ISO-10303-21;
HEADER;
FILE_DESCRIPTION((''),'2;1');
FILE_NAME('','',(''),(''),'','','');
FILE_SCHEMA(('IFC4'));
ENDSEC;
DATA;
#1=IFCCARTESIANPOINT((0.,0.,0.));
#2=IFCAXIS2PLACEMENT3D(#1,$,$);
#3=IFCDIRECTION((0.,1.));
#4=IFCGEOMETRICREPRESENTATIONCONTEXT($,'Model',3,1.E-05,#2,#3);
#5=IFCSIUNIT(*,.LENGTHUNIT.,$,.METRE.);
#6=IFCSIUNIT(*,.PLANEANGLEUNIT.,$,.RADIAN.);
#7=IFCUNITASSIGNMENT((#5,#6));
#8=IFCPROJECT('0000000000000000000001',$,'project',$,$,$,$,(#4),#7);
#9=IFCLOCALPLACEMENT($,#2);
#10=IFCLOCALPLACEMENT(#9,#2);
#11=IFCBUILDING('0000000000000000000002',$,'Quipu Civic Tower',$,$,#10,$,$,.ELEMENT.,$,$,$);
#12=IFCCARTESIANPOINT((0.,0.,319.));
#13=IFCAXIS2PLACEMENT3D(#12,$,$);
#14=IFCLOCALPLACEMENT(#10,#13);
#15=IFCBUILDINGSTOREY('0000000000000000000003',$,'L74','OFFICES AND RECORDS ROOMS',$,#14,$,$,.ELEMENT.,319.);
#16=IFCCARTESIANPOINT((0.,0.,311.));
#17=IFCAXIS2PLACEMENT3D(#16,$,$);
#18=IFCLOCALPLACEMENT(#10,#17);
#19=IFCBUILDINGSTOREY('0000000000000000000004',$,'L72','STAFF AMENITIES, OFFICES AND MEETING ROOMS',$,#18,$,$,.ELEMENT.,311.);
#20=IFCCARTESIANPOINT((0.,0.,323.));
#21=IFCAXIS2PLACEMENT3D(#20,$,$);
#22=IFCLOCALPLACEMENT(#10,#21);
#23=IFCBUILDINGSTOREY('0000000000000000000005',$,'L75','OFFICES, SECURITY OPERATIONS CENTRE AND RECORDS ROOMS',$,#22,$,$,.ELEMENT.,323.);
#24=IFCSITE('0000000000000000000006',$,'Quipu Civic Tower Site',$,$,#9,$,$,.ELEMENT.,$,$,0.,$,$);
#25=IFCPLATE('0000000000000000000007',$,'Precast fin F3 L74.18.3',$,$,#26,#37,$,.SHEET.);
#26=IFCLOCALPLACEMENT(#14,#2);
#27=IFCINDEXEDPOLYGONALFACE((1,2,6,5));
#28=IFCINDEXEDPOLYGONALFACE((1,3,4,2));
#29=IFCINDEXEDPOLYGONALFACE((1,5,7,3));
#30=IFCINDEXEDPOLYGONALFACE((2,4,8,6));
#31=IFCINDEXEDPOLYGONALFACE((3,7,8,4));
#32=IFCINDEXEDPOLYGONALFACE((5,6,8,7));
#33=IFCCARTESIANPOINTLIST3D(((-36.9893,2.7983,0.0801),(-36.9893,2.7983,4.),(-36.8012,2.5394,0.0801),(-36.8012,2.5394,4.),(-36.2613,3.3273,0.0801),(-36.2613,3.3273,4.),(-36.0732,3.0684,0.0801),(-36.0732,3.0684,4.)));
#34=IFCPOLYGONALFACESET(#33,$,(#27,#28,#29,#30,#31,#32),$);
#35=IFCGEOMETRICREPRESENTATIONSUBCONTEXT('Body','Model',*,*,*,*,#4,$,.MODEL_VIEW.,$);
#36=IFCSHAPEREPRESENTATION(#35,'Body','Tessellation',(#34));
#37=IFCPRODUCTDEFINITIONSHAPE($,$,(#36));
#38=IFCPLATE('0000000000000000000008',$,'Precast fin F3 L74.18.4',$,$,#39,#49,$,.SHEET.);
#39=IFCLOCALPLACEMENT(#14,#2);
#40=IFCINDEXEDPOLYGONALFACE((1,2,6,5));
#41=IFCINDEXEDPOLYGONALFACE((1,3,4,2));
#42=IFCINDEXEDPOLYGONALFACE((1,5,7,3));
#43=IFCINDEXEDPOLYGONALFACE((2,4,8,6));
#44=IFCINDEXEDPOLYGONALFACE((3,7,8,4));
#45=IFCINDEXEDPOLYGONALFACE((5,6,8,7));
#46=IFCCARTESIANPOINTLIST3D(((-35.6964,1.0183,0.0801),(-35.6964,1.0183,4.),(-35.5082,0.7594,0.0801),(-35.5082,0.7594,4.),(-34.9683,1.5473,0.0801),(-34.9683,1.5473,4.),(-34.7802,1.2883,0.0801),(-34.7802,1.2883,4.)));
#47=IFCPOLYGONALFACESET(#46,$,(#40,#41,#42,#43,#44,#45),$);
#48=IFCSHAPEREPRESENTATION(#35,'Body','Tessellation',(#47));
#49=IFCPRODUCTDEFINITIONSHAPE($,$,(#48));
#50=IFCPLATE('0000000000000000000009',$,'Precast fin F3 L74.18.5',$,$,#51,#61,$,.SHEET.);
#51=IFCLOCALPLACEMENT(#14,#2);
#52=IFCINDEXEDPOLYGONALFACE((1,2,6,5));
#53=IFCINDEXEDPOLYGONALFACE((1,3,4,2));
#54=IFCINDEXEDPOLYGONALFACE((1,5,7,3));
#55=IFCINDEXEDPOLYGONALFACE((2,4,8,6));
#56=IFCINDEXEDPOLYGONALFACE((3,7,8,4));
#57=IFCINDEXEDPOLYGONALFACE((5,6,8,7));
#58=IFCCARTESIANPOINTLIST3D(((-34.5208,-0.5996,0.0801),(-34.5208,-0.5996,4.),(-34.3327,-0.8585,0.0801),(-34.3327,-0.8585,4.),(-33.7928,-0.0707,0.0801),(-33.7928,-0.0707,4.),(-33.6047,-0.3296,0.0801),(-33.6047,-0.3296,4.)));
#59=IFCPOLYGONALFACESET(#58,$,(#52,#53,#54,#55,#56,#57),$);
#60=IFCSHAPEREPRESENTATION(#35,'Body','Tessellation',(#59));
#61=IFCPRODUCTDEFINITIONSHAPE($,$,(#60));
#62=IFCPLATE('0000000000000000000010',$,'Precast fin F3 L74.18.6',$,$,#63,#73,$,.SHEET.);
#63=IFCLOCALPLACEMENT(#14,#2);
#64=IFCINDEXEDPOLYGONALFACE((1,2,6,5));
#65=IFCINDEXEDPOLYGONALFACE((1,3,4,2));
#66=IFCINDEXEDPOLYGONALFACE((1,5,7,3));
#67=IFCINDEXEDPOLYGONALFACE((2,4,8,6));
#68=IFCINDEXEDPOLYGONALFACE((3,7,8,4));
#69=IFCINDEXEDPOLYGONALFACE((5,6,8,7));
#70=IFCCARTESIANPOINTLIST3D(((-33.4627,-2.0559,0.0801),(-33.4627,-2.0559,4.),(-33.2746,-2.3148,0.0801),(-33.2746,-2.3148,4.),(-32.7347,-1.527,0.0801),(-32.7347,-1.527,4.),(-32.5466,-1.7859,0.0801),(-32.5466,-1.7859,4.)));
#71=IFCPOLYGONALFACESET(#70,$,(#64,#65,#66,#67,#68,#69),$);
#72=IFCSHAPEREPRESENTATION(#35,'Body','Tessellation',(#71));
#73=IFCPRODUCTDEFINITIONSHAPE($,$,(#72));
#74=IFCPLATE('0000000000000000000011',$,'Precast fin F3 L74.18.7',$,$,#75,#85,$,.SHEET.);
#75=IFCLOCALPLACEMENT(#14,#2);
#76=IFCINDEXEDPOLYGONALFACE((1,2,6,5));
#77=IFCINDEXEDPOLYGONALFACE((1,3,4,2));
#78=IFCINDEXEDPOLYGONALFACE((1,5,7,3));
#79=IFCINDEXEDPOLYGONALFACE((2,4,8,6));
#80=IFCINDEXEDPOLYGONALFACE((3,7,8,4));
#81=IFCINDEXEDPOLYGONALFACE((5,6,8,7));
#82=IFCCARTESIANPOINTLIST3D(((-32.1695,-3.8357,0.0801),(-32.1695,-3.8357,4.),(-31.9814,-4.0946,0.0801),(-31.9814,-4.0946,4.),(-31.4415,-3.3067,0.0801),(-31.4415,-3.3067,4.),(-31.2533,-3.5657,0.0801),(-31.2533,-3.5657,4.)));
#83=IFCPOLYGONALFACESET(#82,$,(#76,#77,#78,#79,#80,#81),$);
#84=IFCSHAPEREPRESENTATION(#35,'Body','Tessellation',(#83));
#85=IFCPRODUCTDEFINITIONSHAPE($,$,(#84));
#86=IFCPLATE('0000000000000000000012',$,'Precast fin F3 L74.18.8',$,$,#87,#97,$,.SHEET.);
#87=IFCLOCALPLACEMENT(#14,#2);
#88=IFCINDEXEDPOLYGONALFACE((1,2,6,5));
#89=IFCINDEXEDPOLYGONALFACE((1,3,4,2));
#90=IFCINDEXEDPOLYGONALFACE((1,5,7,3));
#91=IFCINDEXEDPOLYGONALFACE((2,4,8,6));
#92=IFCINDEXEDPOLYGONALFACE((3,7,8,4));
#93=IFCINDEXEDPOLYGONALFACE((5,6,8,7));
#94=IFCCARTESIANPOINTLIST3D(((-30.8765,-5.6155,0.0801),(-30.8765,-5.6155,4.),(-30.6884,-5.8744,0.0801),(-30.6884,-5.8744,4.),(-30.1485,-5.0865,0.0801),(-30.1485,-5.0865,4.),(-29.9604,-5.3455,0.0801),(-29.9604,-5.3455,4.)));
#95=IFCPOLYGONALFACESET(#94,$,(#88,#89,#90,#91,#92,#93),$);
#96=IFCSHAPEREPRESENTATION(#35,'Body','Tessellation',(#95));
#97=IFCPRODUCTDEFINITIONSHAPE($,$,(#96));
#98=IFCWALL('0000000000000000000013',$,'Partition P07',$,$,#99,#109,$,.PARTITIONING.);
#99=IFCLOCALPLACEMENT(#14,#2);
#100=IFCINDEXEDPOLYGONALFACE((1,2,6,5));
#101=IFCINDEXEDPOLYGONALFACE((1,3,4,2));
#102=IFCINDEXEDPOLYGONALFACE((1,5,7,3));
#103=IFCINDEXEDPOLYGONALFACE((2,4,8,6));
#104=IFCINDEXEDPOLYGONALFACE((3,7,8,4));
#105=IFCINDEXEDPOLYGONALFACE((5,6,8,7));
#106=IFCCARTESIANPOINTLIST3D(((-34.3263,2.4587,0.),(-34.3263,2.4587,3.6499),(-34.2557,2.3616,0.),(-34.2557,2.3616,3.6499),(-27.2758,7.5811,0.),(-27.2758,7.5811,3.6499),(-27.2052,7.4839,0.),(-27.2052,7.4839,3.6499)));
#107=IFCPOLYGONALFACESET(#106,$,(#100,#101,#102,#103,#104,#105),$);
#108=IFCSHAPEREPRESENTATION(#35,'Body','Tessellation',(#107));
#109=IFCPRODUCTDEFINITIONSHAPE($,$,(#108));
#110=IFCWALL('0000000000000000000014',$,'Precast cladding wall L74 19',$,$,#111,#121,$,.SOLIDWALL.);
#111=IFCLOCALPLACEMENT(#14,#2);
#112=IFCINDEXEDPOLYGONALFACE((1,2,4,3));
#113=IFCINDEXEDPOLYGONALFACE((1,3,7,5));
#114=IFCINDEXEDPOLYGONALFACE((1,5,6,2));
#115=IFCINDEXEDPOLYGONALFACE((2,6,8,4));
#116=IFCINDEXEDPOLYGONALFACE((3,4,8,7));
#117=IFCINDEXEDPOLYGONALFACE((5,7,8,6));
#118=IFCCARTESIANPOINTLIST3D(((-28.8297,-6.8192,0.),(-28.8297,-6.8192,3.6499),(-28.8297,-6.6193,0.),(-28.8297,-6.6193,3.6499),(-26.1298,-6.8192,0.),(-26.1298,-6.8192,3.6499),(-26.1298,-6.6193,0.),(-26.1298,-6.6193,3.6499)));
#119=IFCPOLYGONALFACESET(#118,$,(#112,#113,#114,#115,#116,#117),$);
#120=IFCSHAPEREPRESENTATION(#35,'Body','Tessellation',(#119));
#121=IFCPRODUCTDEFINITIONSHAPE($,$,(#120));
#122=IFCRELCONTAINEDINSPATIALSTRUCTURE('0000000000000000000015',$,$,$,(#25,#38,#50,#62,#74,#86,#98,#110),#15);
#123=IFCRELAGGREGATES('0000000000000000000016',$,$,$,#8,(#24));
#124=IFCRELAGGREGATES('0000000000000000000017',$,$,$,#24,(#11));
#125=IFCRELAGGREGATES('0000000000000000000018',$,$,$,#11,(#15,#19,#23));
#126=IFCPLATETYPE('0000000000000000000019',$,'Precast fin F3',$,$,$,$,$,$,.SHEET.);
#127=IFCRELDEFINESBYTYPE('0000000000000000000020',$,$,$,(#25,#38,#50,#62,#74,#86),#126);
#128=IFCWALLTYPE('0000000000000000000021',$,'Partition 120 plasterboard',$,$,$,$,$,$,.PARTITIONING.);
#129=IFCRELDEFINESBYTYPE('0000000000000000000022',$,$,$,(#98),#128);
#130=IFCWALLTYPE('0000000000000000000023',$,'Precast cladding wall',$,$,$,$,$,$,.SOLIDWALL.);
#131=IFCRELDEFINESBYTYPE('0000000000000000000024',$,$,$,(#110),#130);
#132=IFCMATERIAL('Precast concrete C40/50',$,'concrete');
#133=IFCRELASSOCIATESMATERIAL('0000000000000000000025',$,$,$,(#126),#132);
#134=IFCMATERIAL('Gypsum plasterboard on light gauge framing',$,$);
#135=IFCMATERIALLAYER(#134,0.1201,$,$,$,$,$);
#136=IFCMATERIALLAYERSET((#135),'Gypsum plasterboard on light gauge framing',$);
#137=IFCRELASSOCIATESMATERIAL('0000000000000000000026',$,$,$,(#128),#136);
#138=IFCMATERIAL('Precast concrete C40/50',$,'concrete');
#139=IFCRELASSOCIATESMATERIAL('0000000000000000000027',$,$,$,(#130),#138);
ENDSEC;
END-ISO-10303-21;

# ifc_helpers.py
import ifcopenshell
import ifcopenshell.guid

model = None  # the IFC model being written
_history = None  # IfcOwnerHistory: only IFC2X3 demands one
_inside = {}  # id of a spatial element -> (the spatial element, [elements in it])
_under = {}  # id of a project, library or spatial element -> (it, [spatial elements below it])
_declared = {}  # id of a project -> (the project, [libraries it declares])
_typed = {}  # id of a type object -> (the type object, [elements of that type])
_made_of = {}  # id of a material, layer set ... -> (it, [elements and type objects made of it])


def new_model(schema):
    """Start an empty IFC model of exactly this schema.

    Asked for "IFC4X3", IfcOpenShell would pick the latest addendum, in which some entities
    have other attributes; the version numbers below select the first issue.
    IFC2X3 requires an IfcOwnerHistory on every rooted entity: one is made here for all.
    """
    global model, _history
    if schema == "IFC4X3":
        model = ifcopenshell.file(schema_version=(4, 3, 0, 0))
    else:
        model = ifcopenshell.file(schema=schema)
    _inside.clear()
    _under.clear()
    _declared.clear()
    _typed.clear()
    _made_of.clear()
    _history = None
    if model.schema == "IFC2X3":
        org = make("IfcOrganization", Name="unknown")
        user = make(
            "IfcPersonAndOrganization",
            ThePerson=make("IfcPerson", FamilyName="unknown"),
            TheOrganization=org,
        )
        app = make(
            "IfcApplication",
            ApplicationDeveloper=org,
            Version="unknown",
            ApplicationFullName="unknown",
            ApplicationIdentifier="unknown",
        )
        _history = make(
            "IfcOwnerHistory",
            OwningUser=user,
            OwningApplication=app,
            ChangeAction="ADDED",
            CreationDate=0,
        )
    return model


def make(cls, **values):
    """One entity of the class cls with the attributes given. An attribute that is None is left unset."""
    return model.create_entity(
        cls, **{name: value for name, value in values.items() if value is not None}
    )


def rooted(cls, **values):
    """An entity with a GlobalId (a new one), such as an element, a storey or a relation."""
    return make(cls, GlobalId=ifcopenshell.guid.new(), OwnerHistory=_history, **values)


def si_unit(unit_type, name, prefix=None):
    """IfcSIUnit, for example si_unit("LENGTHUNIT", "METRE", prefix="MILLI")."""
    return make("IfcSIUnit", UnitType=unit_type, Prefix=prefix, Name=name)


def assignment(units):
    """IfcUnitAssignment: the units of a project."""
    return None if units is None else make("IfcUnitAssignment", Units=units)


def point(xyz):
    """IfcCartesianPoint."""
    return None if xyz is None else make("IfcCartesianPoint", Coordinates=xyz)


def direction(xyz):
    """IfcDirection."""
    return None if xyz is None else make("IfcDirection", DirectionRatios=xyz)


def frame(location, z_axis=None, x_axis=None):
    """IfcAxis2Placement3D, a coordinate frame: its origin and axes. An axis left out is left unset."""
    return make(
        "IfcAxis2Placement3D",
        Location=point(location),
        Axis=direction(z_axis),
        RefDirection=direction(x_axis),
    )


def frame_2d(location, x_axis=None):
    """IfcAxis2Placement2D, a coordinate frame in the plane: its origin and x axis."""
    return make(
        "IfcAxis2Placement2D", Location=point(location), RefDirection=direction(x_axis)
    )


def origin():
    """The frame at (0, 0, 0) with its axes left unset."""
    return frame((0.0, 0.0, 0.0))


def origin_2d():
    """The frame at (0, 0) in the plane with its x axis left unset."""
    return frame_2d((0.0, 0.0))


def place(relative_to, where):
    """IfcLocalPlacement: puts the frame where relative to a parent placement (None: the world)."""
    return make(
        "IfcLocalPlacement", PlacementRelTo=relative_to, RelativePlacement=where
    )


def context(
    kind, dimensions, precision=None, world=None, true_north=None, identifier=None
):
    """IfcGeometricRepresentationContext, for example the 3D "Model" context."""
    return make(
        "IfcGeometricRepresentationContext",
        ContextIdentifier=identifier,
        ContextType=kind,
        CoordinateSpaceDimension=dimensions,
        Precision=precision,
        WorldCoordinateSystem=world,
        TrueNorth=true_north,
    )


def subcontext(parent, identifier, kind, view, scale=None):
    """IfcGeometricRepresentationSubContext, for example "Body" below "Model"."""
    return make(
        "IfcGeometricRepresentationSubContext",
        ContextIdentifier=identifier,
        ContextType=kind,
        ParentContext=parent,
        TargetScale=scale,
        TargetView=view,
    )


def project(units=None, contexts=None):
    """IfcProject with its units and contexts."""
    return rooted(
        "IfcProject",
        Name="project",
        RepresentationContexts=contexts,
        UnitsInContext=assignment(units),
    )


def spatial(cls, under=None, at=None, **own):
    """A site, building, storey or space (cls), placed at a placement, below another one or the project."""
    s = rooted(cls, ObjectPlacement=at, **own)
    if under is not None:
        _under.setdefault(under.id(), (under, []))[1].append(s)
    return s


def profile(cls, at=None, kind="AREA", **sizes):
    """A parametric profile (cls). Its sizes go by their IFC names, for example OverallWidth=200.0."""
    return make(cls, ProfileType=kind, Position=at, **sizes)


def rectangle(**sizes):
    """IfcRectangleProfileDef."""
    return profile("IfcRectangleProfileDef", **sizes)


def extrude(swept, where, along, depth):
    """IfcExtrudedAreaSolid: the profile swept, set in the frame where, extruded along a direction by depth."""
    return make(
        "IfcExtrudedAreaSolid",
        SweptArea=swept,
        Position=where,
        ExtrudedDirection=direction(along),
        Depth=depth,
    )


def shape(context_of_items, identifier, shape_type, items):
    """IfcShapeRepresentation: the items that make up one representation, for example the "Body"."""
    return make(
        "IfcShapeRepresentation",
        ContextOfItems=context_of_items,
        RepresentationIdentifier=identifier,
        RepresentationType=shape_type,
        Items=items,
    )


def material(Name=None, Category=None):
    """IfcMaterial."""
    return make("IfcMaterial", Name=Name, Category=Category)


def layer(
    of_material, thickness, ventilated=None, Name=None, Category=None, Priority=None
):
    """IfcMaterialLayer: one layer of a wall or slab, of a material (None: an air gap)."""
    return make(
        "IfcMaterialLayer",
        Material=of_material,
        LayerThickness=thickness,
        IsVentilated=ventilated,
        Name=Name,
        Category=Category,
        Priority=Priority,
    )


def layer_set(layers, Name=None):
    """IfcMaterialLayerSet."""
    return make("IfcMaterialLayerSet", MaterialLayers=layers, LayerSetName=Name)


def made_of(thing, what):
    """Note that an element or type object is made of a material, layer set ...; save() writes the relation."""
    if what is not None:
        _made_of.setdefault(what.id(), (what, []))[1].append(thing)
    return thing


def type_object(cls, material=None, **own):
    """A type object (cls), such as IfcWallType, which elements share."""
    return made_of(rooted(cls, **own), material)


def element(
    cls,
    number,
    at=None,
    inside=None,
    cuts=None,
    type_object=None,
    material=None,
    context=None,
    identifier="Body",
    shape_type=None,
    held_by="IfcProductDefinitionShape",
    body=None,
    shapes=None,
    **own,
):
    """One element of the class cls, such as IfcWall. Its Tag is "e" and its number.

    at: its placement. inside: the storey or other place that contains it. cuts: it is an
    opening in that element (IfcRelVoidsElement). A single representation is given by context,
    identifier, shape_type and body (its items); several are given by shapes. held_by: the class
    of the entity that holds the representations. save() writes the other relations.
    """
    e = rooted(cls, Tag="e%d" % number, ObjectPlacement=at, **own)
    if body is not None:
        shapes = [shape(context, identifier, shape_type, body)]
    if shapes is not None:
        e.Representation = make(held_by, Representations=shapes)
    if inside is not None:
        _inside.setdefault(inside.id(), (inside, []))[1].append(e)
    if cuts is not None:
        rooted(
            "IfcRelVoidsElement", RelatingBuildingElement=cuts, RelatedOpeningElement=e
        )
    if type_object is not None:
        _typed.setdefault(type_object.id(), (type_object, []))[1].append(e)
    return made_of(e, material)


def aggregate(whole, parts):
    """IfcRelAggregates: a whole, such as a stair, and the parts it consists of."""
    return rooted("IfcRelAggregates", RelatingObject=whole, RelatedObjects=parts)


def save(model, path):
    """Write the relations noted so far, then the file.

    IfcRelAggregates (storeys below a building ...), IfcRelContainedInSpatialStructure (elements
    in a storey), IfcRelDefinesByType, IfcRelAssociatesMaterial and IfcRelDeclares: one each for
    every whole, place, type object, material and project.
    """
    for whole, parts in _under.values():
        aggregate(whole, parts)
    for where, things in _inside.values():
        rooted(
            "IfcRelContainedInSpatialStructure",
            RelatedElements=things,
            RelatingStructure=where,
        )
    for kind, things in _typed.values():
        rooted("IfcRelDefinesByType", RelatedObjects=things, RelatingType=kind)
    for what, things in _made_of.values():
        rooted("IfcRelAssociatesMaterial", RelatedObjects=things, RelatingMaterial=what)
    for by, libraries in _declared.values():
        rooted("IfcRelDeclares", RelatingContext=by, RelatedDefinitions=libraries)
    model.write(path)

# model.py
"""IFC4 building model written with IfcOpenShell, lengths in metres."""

from ifc_helpers import new_model, si_unit, direction, frame, frame_2d, origin, origin_2d, place, context, subcontext, project, spatial, rectangle, extrude, material, layer, layer_set, type_object, element, save


model = new_model("IFC4")

# Units and contexts
model_context = context("Model", 3, precision=1e-05, world=origin(), true_north=direction((0.0, 1.0)))
body_context = subcontext(model_context, "Body", "Model", "MODEL_VIEW")
ifc_project = project(units=[si_unit("LENGTHUNIT", "METRE"), si_unit("PLANEANGLEUNIT", "RADIAN")], contexts=[model_context])

# Site, building, storey
site_placement = place(None, origin())
site = spatial("IfcSite", under=ifc_project, at=site_placement, Name="Quipu Civic Tower Site", CompositionType="ELEMENT", RefElevation=0.0)
building_placement = place(site_placement, origin())
building = spatial("IfcBuilding", under=site, at=building_placement, Name="Quipu Civic Tower", CompositionType="ELEMENT")
storey_1_placement = place(building_placement, frame((0.0, 0.0, 319.0)))
storey_1 = spatial("IfcBuildingStorey", under=building, at=storey_1_placement, Name="L74", Description="OFFICES AND RECORDS ROOMS", CompositionType="ELEMENT", Elevation=319.0)

# Shared definitions
storey_2_placement = place(building_placement, frame((0.0, 0.0, 311.0)))
storey_2 = spatial("IfcBuildingStorey", under=building, at=storey_2_placement, Name="L72", Description="STAFF AMENITIES, OFFICES AND MEETING ROOMS", CompositionType="ELEMENT", Elevation=311.0)

# Shared definitions
storey_3_placement = place(building_placement, frame((0.0, 0.0, 323.0)))
storey_3 = spatial("IfcBuildingStorey", under=building, at=storey_3_placement, Name="L75", Description="OFFICES, SECURITY OPERATIONS CENTRE AND RECORDS ROOMS", CompositionType="ELEMENT", Elevation=323.0)

# Plates
ifc_material_1 = material(Name="Precast concrete C40/50", Category="concrete")
plate_type_1 = type_object("IfcPlateType", Name="Precast fin F3", PredefinedType="SHEET", material=ifc_material_1)
for number, where, z_axis, x_axis, name in (
    (1, (-36.5312, 2.9333, 0.0801), (0.0, 0.0, 1.0), (0.587787, -0.809016, 0.0), "Precast fin F3 L74.18.3"),
    (2, (-35.2383, 1.1533, 0.0801), (0.0, 0.0, 1.0), (0.587787, -0.809016, 0.0), "Precast fin F3 L74.18.4"),
    (3, (-34.0627, -0.4646, 0.0801), (0.0, 0.0, 1.0), (0.587787, -0.809016, 0.0), "Precast fin F3 L74.18.5"),
    (4, (-33.0046, -1.9209, 0.0801), (0.0, 0.0, 1.0), (0.587787, -0.809016, 0.0), "Precast fin F3 L74.18.6"),
    (5, (-31.7114, -3.7007, 0.0801), (0.0, 0.0, 1.0), (0.587787, -0.809016, 0.0), "Precast fin F3 L74.18.7"),
    (6, (-30.4185, -5.4805, 0.0801), (0.0, 0.0, 1.0), (0.587787, -0.809016, 0.0), "Precast fin F3 L74.18.8"),
):
    element("IfcPlate", number, at=place(storey_1_placement, frame(where, z_axis=z_axis, x_axis=x_axis)), inside=storey_1, type_object=plate_type_1, Name=name, PredefinedType="SHEET", context=body_context, shape_type="SweptSolid", body=[
        extrude(rectangle(XDim=0.3201, YDim=0.8999, at=origin_2d()), origin(), (0.0, 0.0, 1.0), 3.9199),
    ])

# Walls
ifc_material_2 = material(Name="Gypsum plasterboard on light gauge framing")
ifc_layer_1 = layer(ifc_material_2, 0.1201)
ifc_layer_set_1 = layer_set([ifc_layer_1], Name="Gypsum plasterboard on light gauge framing")
wall_type_1 = type_object("IfcWallType", Name="Partition 120 plasterboard", PredefinedType="PARTITIONING", material=ifc_layer_set_1)
wall_1_placement = place(storey_1_placement, frame((-34.291, 2.4102, 0.0), z_axis=(0.0, 0.0, 1.0), x_axis=(0.809028, 0.58777, 0.0)))
element("IfcWall", 7, at=wall_1_placement, inside=storey_1, type_object=wall_type_1, Name="Partition P07", PredefinedType="PARTITIONING", context=body_context, shape_type="SweptSolid", body=[
    extrude(rectangle(XDim=8.7148, YDim=0.1201, at=frame_2d((4.3574, 0.0))), origin(), (0.0, 0.0, 1.0), 3.6499),
])
ifc_material_3 = material(Name="Precast concrete C40/50", Category="concrete")
wall_type_2 = type_object("IfcWallType", Name="Precast cladding wall", PredefinedType="SOLIDWALL", material=ifc_material_3)
wall_2_placement = place(storey_1_placement, frame((-28.8298, -6.7192, 0.0), z_axis=(0.0, 0.0, 1.0), x_axis=(1.0, 0.0, 0.0)))
element("IfcWall", 8, at=wall_2_placement, inside=storey_1, type_object=wall_type_2, Name="Precast cladding wall L74 19", PredefinedType="SOLIDWALL", context=body_context, shape_type="SweptSolid", body=[
    extrude(rectangle(XDim=2.7, YDim=0.2, at=frame_2d((1.3501, 0.0))), origin(), (0.0, 0.0, 1.0), 3.6499),
])

save(model, "model.ifc")
